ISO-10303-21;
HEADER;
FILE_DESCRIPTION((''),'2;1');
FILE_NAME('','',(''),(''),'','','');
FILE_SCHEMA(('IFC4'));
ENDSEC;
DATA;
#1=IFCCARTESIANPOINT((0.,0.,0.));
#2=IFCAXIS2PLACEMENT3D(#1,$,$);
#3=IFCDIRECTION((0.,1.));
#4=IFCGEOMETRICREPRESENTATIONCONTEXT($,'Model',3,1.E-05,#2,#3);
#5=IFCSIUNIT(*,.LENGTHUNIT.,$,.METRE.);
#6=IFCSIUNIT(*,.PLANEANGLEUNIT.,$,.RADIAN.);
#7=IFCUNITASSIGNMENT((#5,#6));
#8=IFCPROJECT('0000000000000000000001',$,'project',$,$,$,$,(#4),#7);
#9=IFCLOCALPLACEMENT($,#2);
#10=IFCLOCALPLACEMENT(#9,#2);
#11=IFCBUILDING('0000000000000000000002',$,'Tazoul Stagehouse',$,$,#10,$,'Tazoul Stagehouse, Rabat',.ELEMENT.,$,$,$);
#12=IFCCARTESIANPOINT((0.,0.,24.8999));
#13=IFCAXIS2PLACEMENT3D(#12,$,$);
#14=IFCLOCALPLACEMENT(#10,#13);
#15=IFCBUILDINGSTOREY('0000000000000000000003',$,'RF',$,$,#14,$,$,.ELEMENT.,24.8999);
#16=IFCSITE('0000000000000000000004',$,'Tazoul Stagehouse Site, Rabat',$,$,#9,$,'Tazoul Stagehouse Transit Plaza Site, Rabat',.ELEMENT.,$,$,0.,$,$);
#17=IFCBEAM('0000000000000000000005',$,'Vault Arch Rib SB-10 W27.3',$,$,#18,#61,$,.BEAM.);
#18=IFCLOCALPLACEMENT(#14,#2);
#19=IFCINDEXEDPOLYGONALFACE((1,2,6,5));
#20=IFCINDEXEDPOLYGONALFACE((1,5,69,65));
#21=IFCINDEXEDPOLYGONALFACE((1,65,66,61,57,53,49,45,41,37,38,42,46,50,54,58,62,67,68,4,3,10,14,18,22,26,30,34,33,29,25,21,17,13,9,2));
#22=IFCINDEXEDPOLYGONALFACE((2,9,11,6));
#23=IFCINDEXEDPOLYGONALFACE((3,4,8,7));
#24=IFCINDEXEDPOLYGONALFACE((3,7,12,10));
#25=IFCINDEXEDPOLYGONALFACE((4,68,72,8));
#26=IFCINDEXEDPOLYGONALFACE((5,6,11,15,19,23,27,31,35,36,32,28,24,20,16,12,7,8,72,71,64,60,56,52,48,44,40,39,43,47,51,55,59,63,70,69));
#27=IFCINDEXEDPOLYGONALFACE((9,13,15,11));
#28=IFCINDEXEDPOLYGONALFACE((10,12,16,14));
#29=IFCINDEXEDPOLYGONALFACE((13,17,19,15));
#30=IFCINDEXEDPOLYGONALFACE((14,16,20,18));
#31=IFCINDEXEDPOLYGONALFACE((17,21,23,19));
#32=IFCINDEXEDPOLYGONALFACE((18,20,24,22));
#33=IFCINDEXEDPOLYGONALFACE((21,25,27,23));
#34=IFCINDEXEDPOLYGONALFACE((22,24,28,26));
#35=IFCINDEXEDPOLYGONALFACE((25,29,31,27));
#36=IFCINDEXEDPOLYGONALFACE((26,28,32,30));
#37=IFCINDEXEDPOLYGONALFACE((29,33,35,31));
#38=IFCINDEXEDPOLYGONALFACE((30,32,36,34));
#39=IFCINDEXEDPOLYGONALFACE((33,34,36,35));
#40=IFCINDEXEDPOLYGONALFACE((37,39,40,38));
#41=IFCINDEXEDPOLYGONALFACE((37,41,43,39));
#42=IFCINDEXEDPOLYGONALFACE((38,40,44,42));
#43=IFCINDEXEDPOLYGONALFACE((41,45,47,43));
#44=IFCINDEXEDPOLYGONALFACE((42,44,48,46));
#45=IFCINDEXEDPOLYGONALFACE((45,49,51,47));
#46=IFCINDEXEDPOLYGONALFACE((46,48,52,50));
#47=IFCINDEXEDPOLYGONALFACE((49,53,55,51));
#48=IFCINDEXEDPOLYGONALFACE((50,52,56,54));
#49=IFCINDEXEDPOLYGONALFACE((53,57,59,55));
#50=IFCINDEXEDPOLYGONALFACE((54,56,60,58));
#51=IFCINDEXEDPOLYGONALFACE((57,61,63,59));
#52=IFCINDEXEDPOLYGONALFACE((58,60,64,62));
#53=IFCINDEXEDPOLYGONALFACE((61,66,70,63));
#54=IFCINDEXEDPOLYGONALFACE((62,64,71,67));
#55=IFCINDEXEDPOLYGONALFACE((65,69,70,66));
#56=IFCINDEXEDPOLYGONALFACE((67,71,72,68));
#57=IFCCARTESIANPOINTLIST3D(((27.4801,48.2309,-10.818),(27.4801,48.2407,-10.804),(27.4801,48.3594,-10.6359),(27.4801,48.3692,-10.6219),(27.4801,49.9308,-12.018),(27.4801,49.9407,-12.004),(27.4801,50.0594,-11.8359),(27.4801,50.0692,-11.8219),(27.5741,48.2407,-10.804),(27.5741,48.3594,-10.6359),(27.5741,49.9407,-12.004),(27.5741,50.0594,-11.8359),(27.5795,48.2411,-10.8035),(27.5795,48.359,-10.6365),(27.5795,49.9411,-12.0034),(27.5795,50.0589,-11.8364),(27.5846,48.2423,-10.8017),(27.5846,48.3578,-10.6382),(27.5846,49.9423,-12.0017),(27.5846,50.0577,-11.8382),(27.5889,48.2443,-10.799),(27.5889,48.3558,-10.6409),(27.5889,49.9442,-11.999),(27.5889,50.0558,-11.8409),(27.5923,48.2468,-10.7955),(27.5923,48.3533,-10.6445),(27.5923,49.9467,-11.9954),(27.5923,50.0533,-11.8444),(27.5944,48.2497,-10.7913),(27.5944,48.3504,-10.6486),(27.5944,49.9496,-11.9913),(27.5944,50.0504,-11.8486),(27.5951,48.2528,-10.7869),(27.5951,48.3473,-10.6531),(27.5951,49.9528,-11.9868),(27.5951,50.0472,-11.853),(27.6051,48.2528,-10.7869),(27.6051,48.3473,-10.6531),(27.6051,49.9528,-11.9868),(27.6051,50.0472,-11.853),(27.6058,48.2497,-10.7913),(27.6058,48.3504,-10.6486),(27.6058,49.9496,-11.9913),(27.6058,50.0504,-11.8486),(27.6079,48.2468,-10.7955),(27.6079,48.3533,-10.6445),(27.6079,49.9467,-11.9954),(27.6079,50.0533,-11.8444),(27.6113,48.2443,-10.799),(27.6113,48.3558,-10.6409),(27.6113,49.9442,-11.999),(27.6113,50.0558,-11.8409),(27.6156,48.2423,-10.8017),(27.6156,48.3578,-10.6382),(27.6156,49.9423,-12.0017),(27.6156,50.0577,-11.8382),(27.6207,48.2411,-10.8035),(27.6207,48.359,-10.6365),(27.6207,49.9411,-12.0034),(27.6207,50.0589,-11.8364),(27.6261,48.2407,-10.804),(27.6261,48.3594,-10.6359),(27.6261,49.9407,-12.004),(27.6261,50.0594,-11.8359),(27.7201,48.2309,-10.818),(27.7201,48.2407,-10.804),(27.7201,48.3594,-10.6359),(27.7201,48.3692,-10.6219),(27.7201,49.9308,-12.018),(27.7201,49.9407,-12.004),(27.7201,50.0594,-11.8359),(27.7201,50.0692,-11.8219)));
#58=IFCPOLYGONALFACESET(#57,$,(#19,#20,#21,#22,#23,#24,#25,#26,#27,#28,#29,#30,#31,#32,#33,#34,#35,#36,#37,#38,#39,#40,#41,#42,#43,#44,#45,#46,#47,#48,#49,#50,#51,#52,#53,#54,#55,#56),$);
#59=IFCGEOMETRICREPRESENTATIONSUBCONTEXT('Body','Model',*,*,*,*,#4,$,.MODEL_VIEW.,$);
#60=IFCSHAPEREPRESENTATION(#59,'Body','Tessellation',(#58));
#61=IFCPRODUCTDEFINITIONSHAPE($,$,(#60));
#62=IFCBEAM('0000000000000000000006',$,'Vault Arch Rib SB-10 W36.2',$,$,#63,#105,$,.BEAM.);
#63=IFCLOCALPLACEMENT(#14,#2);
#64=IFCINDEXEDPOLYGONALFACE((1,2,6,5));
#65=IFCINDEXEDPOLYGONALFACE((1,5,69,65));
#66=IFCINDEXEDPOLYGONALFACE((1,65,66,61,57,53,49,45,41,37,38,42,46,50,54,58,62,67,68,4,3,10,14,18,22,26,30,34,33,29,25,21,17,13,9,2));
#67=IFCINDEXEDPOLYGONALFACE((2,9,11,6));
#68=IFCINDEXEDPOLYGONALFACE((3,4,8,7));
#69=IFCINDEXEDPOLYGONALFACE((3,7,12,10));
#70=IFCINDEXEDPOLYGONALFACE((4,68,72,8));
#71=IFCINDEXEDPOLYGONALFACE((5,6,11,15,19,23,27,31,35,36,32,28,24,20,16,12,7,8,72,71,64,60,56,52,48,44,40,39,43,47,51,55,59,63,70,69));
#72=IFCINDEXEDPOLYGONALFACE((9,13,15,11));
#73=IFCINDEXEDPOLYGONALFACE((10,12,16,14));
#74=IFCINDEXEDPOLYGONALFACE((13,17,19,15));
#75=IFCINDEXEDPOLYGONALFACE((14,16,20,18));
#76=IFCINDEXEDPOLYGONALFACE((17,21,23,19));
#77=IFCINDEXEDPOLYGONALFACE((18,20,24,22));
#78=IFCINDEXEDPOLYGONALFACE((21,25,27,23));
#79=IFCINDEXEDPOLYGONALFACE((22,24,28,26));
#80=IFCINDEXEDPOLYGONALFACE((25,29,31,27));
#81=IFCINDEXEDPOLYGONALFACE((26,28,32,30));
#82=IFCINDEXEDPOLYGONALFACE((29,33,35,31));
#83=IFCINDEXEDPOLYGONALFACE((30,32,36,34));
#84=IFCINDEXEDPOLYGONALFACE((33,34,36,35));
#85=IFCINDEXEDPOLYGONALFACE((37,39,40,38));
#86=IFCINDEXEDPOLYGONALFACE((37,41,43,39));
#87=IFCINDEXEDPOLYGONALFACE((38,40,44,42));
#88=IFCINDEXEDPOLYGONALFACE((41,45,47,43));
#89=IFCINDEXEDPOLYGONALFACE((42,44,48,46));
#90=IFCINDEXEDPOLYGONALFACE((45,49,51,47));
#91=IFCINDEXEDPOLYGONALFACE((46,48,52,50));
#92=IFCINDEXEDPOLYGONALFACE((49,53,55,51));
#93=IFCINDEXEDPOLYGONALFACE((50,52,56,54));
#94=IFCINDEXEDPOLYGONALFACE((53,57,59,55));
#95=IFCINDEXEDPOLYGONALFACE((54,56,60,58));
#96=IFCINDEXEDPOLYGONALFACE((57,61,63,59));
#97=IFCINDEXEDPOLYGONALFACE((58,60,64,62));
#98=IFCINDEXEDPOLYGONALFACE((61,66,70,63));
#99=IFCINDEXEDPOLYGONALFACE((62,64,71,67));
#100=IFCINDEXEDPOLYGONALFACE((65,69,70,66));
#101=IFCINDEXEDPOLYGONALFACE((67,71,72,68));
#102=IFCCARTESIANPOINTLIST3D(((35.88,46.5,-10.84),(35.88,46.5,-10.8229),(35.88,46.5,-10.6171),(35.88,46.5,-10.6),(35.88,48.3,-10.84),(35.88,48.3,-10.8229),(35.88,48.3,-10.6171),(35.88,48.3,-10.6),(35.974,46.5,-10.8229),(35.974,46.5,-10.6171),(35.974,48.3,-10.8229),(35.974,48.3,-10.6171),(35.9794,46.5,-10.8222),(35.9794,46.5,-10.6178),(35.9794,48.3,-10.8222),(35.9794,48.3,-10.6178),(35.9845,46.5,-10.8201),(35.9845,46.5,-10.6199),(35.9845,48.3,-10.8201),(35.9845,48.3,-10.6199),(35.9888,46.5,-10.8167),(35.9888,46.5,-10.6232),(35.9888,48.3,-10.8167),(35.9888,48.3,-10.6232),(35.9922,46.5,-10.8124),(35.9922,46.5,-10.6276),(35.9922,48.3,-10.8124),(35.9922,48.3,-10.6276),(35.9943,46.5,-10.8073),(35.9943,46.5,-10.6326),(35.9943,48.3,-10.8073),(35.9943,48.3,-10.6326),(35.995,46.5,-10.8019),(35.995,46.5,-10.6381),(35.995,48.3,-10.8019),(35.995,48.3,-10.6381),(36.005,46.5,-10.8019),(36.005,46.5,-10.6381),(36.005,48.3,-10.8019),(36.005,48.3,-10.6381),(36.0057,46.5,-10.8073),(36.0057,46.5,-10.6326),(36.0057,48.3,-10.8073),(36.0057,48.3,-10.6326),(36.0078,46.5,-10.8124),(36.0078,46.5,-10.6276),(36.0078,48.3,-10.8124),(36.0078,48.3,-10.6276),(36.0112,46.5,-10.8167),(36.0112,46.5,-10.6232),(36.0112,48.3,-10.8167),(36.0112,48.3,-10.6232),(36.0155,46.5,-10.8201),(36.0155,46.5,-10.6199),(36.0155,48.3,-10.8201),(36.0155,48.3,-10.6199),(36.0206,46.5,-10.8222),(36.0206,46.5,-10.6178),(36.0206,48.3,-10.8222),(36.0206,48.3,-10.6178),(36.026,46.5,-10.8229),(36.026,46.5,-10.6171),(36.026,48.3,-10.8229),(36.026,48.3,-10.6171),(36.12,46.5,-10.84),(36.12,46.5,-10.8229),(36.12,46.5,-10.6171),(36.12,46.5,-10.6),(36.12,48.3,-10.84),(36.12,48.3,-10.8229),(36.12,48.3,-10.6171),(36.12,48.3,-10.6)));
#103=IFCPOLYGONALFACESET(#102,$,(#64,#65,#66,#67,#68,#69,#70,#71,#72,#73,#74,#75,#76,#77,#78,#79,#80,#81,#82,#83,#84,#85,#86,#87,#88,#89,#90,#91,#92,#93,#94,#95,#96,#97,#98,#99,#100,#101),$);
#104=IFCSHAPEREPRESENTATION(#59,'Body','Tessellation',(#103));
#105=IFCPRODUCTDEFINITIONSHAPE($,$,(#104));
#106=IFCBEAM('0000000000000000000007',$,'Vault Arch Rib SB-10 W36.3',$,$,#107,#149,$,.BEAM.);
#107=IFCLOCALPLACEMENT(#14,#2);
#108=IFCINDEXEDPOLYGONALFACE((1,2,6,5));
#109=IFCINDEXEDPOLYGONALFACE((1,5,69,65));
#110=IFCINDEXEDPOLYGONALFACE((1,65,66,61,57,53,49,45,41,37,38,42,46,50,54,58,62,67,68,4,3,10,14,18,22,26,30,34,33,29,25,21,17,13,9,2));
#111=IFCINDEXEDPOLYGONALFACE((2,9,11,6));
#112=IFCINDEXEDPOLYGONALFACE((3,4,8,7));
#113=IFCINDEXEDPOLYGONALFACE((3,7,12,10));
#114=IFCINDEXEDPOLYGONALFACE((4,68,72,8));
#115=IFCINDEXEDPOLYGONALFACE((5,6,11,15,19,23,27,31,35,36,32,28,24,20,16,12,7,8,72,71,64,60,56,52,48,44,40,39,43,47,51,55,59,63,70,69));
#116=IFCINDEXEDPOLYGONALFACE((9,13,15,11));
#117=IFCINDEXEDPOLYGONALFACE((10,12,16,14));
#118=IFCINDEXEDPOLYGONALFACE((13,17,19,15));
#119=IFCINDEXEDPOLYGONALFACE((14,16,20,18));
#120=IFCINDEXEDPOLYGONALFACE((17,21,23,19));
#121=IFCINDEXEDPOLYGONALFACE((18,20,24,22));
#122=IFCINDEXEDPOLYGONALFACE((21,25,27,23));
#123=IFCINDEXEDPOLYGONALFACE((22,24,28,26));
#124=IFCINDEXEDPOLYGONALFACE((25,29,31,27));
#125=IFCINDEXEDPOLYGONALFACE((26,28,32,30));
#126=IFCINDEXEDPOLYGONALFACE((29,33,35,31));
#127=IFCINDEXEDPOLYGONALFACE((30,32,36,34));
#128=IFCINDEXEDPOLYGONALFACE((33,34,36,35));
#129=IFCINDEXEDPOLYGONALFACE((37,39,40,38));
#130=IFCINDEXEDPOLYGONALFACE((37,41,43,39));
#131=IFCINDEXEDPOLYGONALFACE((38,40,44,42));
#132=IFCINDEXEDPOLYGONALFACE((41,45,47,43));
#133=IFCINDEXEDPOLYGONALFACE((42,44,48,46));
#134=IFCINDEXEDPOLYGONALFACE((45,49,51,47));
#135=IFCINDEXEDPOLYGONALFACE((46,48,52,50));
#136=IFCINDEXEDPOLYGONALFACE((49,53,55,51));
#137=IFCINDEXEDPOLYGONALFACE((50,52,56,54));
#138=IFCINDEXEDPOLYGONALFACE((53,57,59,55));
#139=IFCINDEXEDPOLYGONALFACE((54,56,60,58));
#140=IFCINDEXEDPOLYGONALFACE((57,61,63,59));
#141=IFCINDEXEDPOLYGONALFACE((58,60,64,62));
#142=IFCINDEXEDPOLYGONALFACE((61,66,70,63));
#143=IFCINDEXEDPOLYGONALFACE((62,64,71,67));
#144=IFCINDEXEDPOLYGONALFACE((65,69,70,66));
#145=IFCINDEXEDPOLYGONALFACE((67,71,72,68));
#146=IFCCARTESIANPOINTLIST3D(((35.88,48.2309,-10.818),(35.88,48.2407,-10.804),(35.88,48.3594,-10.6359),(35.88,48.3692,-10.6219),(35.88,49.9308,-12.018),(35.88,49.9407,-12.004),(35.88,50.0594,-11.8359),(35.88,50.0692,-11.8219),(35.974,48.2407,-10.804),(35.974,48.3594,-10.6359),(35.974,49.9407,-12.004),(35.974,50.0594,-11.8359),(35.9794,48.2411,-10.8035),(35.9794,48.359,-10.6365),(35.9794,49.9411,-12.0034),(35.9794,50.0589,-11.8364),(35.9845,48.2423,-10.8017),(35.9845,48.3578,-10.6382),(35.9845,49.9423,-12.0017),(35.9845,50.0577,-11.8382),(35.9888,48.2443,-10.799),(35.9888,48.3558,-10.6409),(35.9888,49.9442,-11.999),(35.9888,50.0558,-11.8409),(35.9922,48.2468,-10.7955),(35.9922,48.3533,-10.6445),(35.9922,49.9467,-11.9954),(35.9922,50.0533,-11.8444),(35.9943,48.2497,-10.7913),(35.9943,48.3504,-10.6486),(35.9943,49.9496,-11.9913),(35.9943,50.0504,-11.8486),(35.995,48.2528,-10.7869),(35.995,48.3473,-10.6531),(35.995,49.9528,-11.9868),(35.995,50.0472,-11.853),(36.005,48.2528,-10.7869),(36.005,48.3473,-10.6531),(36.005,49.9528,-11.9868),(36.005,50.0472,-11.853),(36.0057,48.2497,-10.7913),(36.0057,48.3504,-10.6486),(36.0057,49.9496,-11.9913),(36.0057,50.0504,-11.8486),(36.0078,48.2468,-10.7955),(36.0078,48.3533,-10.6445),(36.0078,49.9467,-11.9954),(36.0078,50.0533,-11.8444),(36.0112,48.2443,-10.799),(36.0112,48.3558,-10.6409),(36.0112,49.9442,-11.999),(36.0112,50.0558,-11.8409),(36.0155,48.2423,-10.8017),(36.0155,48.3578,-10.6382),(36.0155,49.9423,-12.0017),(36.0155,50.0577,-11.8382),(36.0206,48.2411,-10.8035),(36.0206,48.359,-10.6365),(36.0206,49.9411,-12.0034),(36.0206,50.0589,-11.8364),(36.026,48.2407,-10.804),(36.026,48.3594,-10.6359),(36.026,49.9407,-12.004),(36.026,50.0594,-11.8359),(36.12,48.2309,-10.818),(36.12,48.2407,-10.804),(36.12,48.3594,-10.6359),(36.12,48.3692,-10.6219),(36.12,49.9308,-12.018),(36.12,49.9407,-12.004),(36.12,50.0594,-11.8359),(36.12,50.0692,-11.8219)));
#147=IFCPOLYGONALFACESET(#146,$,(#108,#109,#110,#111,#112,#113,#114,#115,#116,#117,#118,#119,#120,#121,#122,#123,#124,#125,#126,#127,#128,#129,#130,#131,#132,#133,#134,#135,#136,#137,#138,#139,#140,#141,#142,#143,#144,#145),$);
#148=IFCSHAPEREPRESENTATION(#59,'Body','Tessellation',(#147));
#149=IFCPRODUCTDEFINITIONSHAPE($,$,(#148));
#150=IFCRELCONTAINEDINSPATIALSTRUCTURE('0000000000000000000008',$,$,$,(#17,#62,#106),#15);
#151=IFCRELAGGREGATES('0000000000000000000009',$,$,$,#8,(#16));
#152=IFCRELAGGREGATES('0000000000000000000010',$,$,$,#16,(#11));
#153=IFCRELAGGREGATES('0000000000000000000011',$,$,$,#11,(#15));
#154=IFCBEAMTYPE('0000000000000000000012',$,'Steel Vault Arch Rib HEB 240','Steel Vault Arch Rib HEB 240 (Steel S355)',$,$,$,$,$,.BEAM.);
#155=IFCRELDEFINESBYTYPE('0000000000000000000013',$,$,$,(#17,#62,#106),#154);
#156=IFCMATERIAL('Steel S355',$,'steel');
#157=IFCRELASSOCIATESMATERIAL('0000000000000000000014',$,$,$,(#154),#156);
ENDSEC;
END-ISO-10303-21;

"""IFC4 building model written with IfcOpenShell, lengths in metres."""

from ifc_helpers import new_model, si_unit, direction, frame, origin, origin_2d, place, context, subcontext, project, spatial, i_section, extrude, material, material_profile, profile_set, type_object, element, save


model = new_model("IFC4")

# Units and contexts
model_context = context("Model", 3, precision=1e-05, world=origin(), true_north=direction((0.0, 1.0)))
body_context = subcontext(model_context, "Body", "Model", "MODEL_VIEW")
ifc_project = project(units=[si_unit("LENGTHUNIT", "METRE"), si_unit("PLANEANGLEUNIT", "RADIAN")], contexts=[model_context])

# Site, building, storey
site_placement = place(None, origin())
site = spatial("IfcSite", under=ifc_project, at=site_placement, Name="Tazoul Stagehouse Site, Rabat", LongName="Tazoul Stagehouse Transit Plaza Site, Rabat", CompositionType="ELEMENT", RefElevation=0.0)
building_placement = place(site_placement, origin())
building = spatial("IfcBuilding", under=site, at=building_placement, Name="Tazoul Stagehouse", LongName="Tazoul Stagehouse, Rabat", CompositionType="ELEMENT")
storey_placement = place(building_placement, frame((0.0, 0.0, 24.8999)))
storey = spatial("IfcBuildingStorey", under=building, at=storey_placement, Name="RF", CompositionType="ELEMENT", Elevation=24.8999)

# Shared definitions
ifc_material_1 = material(Name="Steel S355", Category="steel")

# Beams
ifc_material_profile_1 = material_profile(ifc_material_1, i_section(OverallWidth=0.24, OverallDepth=0.24, WebThickness=0.01, FlangeThickness=0.0171, FilletRadius=0.021, at=origin_2d()), Name="HEB 240")
ifc_profile_set_1 = profile_set([ifc_material_profile_1], Name="Steel S355")
beam_type = type_object("IfcBeamType", Name="Steel Vault Arch Rib HEB 240", Description="Steel Vault Arch Rib HEB 240 (Steel S355)", PredefinedType="BEAM", material=ifc_profile_set_1)
beam_1_placement = place(storey_placement, frame((27.6001, 48.3, -10.72), z_axis=(0.0, 0.816971, -0.576679), x_axis=(-1.0, 0.0, 0.0)))
element("IfcBeam", 1, at=beam_1_placement, inside=storey, type_object=beam_type, Name="Vault Arch Rib SB-10 W27.3", PredefinedType="BEAM", context=body_context, shape_type="SweptSolid", body=[
    extrude(i_section(OverallWidth=0.24, OverallDepth=0.24, WebThickness=0.01, FlangeThickness=0.0171, FilletRadius=0.021, at=origin_2d()), origin(), (0.0, 0.0, 1.0), 2.0808),
])
beam_2_placement = place(storey_placement, frame((36.0, 46.5, -10.72), z_axis=(0.0, 1.0, 0.0), x_axis=(-1.0, 0.0, 0.0)))
element("IfcBeam", 2, at=beam_2_placement, inside=storey, type_object=beam_type, Name="Vault Arch Rib SB-10 W36.2", PredefinedType="BEAM", context=body_context, shape_type="SweptSolid", body=[
    extrude(i_section(OverallWidth=0.24, OverallDepth=0.24, WebThickness=0.01, FlangeThickness=0.0171, FilletRadius=0.021, at=origin_2d()), origin(), (0.0, 0.0, 1.0), 1.8),
])
beam_3_placement = place(storey_placement, frame((36.0, 48.3, -10.72), z_axis=(0.0, 0.816971, -0.576679), x_axis=(-1.0, 0.0, 0.0)))
element("IfcBeam", 3, at=beam_3_placement, inside=storey, type_object=beam_type, Name="Vault Arch Rib SB-10 W36.3", PredefinedType="BEAM", context=body_context, shape_type="SweptSolid", body=[
    extrude(i_section(OverallWidth=0.24, OverallDepth=0.24, WebThickness=0.01, FlangeThickness=0.0171, FilletRadius=0.021, at=origin_2d()), origin(), (0.0, 0.0, 1.0), 2.0808),
])

save(model, "model.ifc")
